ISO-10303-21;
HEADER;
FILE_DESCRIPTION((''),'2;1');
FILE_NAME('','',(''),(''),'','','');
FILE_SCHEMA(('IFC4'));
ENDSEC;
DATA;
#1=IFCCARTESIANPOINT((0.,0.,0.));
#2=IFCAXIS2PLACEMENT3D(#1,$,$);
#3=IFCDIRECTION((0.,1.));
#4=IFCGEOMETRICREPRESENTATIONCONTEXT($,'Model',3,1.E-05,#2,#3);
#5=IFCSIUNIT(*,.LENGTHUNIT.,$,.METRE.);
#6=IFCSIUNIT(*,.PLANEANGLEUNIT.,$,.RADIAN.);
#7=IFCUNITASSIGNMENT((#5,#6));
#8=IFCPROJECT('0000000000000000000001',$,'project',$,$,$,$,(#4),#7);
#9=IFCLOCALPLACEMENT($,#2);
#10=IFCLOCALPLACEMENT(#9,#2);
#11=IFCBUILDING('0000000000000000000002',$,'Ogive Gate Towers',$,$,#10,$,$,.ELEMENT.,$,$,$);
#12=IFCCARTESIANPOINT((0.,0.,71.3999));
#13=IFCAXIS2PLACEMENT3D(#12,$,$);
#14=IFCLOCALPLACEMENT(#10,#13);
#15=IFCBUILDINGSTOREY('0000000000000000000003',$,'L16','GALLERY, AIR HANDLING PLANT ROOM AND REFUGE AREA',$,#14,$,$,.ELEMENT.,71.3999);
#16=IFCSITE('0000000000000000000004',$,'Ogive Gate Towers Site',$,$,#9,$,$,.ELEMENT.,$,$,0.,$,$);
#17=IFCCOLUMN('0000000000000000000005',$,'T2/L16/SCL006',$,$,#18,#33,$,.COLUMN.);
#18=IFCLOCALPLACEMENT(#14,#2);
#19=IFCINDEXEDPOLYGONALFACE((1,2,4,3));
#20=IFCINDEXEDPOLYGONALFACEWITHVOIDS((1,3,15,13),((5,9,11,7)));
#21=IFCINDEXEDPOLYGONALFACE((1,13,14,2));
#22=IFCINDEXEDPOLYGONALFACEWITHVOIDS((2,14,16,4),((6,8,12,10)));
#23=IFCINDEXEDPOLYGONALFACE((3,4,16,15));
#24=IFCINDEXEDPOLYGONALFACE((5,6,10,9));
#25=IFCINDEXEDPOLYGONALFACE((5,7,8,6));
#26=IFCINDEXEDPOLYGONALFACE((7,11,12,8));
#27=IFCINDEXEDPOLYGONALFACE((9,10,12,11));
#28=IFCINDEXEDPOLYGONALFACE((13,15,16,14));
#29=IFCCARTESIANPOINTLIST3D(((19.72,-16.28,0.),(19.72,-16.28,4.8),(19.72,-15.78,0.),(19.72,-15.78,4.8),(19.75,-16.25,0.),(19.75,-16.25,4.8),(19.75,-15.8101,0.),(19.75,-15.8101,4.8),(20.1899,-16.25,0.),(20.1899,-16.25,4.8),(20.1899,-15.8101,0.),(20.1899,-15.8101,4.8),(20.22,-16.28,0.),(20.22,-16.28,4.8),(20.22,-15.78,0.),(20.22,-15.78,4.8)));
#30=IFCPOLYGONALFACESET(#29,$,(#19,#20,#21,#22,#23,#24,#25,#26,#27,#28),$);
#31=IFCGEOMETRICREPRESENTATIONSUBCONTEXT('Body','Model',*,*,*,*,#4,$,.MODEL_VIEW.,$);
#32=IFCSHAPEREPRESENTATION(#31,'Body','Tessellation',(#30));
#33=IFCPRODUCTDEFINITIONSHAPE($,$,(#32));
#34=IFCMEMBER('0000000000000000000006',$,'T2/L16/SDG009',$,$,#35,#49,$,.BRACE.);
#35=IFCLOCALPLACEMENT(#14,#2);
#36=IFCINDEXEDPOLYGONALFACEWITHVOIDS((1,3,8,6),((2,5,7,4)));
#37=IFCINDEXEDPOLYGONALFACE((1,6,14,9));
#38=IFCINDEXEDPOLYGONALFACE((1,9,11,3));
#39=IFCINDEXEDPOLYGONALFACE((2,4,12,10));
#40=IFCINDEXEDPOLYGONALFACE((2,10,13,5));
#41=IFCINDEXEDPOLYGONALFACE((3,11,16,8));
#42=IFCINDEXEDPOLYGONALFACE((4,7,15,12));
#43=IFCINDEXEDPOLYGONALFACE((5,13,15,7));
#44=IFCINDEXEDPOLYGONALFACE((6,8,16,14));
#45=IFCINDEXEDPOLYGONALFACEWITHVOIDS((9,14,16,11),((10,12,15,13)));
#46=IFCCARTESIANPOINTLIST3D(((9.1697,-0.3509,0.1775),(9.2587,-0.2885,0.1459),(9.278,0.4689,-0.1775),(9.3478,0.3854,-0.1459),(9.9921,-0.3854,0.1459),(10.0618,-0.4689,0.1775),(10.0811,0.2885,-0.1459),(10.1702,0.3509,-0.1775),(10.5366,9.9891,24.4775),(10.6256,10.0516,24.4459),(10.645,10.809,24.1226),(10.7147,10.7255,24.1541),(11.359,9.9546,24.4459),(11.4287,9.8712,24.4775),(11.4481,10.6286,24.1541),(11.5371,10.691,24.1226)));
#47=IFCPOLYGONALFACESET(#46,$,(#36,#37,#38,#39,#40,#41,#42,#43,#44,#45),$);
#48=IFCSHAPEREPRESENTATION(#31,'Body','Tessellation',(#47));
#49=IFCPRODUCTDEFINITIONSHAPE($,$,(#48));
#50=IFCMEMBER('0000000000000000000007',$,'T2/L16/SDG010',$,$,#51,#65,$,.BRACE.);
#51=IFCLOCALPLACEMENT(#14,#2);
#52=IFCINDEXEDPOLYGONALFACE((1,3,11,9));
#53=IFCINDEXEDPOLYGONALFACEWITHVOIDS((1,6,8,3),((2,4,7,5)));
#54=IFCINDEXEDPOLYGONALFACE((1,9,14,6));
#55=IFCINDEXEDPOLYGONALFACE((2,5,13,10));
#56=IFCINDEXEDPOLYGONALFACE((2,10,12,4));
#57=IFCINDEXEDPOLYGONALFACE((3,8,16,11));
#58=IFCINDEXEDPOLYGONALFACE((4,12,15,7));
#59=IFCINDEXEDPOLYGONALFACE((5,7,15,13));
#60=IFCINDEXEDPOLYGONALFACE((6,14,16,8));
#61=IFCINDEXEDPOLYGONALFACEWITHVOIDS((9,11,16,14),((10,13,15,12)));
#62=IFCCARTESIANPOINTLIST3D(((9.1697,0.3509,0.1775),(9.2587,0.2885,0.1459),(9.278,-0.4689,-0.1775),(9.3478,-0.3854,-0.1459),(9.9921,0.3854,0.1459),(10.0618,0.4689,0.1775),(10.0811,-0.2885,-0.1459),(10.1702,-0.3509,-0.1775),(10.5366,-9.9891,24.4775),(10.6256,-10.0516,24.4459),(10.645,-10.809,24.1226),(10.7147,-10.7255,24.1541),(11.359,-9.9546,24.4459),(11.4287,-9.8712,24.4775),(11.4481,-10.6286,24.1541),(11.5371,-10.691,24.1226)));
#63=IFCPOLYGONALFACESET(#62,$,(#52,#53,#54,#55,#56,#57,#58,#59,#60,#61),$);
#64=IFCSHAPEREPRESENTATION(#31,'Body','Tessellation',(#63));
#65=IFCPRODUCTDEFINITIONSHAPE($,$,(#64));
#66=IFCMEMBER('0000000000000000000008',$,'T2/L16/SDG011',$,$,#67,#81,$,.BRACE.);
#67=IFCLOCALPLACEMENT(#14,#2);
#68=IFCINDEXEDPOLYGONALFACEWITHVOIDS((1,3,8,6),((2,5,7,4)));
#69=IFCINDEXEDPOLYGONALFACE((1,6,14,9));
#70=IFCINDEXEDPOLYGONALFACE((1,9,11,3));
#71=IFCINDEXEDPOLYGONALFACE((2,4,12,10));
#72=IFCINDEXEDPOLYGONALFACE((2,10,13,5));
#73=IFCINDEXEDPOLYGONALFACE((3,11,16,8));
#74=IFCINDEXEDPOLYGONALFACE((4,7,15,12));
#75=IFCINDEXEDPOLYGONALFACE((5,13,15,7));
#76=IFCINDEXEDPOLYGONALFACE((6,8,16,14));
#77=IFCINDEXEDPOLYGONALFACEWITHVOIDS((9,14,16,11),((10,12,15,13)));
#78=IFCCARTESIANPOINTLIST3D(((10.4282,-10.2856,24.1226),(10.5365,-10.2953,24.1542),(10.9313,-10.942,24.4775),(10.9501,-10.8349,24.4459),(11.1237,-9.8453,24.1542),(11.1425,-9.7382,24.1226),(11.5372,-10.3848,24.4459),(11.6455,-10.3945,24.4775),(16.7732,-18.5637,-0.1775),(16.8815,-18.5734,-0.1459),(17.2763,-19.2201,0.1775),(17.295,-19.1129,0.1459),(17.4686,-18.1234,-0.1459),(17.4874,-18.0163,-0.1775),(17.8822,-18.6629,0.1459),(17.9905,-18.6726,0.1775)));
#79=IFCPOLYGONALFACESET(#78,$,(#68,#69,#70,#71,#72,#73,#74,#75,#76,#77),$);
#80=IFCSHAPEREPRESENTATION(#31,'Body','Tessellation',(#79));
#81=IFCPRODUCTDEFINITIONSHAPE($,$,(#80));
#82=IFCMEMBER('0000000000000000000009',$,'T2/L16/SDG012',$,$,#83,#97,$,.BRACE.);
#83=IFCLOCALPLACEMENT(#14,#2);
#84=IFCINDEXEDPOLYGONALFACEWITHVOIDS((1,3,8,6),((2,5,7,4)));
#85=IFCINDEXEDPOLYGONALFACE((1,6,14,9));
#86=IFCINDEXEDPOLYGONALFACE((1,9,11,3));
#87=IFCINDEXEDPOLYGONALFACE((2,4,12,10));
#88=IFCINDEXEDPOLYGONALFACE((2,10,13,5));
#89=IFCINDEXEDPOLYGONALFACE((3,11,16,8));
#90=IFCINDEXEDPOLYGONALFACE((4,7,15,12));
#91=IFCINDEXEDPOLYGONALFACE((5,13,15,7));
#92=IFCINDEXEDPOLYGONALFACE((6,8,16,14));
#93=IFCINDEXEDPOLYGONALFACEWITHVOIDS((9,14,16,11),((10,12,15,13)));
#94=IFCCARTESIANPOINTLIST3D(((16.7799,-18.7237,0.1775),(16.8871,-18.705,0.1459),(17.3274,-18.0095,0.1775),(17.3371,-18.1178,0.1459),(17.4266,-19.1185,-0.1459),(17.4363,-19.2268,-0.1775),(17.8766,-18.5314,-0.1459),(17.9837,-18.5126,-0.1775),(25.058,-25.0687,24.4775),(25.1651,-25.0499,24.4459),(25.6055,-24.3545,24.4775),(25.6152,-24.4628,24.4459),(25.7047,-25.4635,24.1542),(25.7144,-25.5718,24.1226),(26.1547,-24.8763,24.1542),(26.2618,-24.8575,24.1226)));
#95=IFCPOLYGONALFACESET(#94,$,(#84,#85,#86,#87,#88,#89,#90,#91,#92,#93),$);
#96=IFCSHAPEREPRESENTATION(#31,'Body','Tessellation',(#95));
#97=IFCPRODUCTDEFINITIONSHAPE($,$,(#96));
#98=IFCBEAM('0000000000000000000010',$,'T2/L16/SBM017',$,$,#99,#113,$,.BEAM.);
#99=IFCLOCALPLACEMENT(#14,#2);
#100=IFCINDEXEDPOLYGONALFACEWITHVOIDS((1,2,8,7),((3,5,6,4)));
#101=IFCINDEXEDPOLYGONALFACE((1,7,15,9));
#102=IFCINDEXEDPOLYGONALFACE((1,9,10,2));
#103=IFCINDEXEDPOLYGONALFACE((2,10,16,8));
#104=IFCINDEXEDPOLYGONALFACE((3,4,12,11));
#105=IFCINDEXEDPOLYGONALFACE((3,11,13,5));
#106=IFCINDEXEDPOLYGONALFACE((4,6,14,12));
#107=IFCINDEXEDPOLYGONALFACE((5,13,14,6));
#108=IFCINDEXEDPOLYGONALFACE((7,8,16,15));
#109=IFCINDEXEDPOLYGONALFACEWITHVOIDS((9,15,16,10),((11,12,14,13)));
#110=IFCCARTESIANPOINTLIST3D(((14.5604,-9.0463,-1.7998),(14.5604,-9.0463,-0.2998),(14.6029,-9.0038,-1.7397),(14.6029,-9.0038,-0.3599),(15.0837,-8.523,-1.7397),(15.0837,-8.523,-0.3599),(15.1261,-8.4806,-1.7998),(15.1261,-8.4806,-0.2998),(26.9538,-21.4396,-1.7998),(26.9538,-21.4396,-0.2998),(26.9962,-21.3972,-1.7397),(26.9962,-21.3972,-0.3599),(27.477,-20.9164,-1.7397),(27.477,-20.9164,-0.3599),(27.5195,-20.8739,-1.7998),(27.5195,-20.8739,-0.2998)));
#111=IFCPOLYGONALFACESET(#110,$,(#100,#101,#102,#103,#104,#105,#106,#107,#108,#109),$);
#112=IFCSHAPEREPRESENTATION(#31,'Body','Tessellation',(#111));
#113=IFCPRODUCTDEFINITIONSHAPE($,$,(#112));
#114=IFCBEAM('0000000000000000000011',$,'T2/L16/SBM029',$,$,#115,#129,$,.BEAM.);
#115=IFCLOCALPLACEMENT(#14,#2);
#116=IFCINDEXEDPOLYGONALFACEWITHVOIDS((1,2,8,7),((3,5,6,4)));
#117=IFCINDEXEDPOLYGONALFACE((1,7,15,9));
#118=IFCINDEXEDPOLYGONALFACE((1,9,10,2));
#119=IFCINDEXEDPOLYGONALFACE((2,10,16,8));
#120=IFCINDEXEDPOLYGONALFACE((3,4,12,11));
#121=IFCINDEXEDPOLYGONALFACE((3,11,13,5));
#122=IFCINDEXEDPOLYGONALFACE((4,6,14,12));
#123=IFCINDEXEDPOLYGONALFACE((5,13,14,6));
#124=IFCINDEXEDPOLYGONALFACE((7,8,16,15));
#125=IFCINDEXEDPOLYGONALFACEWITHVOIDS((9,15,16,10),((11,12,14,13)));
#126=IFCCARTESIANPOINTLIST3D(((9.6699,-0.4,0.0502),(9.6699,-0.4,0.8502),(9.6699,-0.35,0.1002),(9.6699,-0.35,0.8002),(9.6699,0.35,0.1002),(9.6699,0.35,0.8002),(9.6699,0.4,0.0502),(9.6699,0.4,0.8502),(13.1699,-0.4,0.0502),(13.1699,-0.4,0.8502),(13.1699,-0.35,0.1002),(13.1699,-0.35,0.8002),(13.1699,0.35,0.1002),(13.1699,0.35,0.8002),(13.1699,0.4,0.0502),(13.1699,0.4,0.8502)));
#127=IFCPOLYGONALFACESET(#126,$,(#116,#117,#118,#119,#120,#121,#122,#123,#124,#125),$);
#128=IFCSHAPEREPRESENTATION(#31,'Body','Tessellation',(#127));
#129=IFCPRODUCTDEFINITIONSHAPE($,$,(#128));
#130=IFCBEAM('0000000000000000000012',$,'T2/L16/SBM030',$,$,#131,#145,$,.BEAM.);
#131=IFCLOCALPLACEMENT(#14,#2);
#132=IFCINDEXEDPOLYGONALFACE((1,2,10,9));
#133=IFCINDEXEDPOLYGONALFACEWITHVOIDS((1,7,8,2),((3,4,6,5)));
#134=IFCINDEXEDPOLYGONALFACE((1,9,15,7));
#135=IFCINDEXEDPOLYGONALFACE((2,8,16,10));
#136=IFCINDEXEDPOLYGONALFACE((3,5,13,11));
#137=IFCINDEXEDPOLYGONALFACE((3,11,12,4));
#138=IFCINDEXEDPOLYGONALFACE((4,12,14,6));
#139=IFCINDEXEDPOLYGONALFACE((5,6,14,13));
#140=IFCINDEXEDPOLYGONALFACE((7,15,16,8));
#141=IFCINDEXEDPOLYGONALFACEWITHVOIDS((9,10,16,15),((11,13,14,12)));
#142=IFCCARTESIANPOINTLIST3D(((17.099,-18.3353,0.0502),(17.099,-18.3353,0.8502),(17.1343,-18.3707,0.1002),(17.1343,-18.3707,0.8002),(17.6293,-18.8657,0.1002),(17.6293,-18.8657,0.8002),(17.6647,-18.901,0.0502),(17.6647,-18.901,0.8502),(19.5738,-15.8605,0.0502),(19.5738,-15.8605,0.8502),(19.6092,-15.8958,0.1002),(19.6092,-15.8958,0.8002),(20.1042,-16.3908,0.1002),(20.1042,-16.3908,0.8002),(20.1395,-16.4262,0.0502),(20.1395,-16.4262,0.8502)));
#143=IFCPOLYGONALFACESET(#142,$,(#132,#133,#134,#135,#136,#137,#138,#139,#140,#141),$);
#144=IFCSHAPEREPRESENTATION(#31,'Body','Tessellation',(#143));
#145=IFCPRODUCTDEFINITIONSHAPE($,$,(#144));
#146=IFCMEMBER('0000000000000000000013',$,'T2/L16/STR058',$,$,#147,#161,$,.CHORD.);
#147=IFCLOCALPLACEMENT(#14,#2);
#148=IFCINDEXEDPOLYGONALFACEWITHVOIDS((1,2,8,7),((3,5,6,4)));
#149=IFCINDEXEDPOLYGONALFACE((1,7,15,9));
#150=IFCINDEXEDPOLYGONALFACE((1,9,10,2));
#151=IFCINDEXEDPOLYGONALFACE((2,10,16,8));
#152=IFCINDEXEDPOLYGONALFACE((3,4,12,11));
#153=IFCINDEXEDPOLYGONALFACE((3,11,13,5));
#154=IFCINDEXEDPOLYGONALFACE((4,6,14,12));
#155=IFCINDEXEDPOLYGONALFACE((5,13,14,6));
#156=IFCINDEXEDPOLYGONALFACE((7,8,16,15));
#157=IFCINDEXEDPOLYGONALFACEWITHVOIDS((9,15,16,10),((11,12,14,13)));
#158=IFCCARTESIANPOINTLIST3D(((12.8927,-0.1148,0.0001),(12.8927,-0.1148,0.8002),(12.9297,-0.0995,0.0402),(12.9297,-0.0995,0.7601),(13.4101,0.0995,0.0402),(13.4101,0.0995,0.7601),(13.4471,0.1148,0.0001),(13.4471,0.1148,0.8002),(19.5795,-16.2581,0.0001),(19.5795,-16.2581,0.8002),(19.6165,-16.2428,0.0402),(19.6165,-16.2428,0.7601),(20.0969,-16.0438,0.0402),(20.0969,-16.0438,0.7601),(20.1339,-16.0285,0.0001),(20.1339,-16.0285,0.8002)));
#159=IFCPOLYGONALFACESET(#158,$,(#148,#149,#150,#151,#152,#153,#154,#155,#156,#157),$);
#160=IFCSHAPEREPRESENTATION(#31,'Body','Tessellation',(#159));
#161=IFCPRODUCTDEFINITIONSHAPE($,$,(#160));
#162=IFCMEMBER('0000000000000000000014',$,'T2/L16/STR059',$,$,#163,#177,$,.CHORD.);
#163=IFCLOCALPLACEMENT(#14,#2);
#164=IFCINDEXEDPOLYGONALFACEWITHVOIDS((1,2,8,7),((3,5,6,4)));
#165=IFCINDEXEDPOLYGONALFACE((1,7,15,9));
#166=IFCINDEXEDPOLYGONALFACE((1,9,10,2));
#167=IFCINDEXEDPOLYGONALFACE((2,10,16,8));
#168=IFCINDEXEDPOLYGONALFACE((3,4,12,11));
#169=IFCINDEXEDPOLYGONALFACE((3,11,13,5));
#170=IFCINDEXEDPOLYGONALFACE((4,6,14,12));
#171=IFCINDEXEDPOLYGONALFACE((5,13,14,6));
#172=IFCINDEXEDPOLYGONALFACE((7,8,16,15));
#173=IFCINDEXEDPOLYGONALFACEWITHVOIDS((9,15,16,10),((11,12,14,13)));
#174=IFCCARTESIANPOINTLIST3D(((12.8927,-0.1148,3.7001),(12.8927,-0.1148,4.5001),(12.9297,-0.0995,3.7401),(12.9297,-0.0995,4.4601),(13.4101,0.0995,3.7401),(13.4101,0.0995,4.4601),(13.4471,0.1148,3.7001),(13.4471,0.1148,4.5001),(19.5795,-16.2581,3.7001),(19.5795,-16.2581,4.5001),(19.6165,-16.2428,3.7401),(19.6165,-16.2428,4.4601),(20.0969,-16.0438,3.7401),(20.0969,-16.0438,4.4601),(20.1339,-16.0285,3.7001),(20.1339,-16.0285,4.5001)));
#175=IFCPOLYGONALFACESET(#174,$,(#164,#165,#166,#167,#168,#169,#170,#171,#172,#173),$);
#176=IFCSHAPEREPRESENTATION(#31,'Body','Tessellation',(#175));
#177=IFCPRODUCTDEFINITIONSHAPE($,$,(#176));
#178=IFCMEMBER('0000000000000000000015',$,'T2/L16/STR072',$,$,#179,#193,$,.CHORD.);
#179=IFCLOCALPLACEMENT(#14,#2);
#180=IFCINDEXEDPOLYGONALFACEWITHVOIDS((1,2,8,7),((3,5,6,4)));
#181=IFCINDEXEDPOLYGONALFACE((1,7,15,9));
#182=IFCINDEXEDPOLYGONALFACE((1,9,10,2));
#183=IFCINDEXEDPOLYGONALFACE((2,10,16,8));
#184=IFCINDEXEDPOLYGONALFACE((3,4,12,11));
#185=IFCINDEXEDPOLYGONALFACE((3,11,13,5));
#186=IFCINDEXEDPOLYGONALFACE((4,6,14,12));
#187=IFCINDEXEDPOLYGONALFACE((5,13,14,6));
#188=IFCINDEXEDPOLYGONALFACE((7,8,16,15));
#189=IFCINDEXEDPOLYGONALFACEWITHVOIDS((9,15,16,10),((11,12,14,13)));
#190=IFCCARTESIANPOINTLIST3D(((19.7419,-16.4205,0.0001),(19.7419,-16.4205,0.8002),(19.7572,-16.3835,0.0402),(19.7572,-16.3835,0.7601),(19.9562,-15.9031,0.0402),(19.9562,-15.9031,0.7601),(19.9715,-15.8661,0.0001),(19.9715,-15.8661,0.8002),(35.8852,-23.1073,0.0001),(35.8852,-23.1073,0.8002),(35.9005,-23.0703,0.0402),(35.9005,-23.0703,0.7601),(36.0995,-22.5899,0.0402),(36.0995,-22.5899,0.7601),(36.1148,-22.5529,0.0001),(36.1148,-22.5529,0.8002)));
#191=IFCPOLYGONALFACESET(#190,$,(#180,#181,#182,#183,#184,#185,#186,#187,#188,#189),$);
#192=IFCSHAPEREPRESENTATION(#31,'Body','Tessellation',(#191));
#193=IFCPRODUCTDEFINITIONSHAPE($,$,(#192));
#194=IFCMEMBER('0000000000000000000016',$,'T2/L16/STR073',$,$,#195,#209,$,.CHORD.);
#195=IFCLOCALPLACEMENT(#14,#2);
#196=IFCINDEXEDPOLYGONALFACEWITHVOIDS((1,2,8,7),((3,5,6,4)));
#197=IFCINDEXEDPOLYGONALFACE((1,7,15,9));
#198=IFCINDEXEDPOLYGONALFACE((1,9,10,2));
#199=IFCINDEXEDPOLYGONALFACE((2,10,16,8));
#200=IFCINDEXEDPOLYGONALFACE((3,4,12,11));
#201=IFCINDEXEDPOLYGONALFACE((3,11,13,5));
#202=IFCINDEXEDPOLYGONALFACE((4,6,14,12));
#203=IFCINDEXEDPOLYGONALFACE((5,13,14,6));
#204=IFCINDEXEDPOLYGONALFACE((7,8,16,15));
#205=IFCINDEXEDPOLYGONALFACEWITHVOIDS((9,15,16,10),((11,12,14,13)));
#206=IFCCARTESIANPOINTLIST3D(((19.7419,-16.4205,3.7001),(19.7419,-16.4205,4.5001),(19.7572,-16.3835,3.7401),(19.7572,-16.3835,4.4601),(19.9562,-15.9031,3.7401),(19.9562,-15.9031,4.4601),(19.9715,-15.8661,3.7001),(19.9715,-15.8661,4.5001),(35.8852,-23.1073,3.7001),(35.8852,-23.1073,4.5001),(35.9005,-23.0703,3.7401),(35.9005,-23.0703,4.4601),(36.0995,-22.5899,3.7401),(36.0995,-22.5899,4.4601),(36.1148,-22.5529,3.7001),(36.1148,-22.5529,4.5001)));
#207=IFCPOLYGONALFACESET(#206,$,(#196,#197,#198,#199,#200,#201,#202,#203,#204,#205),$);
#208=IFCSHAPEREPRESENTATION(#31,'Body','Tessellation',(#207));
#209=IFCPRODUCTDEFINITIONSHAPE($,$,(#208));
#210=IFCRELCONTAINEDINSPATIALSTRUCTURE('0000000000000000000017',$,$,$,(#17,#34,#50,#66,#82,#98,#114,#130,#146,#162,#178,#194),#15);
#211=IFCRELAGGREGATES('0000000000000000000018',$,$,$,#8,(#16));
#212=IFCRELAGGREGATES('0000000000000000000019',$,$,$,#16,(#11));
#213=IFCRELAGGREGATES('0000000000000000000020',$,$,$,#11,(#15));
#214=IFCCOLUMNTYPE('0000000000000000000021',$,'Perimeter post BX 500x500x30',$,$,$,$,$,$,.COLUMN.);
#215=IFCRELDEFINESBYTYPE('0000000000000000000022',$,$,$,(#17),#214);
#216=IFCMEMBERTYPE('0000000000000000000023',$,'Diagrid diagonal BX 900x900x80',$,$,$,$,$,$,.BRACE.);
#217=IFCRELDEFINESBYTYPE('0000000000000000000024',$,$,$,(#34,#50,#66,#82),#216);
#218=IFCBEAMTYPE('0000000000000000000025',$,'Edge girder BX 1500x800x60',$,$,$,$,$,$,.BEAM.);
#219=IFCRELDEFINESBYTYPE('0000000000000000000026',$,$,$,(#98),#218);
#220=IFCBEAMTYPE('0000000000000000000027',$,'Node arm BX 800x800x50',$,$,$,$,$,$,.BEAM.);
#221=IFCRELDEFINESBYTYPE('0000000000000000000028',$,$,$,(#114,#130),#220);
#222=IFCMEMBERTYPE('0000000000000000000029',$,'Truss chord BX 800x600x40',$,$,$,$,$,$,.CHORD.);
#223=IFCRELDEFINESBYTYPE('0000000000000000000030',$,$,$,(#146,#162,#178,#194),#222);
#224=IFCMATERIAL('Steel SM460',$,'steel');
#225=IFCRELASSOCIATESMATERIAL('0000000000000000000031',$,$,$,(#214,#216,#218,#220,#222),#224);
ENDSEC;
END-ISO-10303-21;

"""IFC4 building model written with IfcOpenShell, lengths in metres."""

from ifc_helpers import new_model, si_unit, direction, frame, origin, origin_2d, place, context, subcontext, project, spatial, hollow_rectangle, extrude, material, material_profile, profile_set, type_object, element, save


model = new_model("IFC4")

# Units and contexts
model_context = context("Model", 3, precision=1e-05, world=origin(), true_north=direction((0.0, 1.0)))
body_context = subcontext(model_context, "Body", "Model", "MODEL_VIEW")
ifc_project = project(units=[si_unit("LENGTHUNIT", "METRE"), si_unit("PLANEANGLEUNIT", "RADIAN")], contexts=[model_context])

# Site, building, storey
site_placement = place(None, origin())
site = spatial("IfcSite", under=ifc_project, at=site_placement, Name="Ogive Gate Towers Site", CompositionType="ELEMENT", RefElevation=0.0)
building_placement = place(site_placement, origin())
building = spatial("IfcBuilding", under=site, at=building_placement, Name="Ogive Gate Towers", CompositionType="ELEMENT")
storey_placement = place(building_placement, frame((0.0, 0.0, 71.3999)))
storey = spatial("IfcBuildingStorey", under=building, at=storey_placement, Name="L16", Description="GALLERY, AIR HANDLING PLANT ROOM AND REFUGE AREA", CompositionType="ELEMENT", Elevation=71.3999)

# Column
ifc_material_1 = material(Name="Steel SM460", Category="steel")
ifc_material_profile_1 = material_profile(ifc_material_1, hollow_rectangle(XDim=0.5, YDim=0.5, WallThickness=0.03, at=origin_2d()), Name="BX 500x500x30")
ifc_profile_set_1 = profile_set([ifc_material_profile_1], Name="Steel SM460")
column_type = type_object("IfcColumnType", Name="Perimeter post BX 500x500x30", PredefinedType="COLUMN", material=ifc_profile_set_1)
column_placement = place(storey_placement, frame((19.97, -16.03, 0.0), z_axis=(0.0, 0.0, 1.0), x_axis=(1.0, 0.0, 0.0)))
element("IfcColumn", 1, at=column_placement, inside=storey, type_object=column_type, Name="T2/L16/SCL006", PredefinedType="COLUMN", context=body_context, shape_type="SweptSolid", body=[
    extrude(hollow_rectangle(XDim=0.5, YDim=0.5, WallThickness=0.03, at=origin_2d()), origin(), (0.0, 0.0, 1.0), 4.8),
])

# Members
ifc_material_profile_2 = material_profile(ifc_material_1, hollow_rectangle(XDim=0.8999, YDim=0.8999, WallThickness=0.0801, at=origin_2d()), Name="BX 900x900x80")
ifc_profile_set_2 = profile_set([ifc_material_profile_2], Name="Steel SM460")
member_type_1 = type_object("IfcMemberType", Name="Diagrid diagonal BX 900x900x80", PredefinedType="BRACE", material=ifc_profile_set_2)
for number, where, z_axis, x_axis, name in (
    (2, (9.6699, 0.0, 0.0), (0.051692, 0.39102, 0.918929), (-0.991375, 0.131058, 0.0), "T2/L16/SDG009"),
    (3, (9.6699, 0.0, 0.0), (0.051692, -0.39102, 0.918929), (0.991375, 0.131058, 0.0), "T2/L16/SDG010"),
    (4, (17.3818, -18.6182, 0.0), (-0.239941, 0.313043, 0.91893), (-0.793678, -0.608338, 0.0), "T2/L16/SDG011"),
    (5, (17.3818, -18.6182, 0.0), (0.313043, -0.239941, 0.91893), (0.608338, 0.793678, 0.0), "T2/L16/SDG012"),
):
    element("IfcMember", number, at=place(storey_placement, frame(where, z_axis=z_axis, x_axis=x_axis)), inside=storey, type_object=member_type_1, Name=name, PredefinedType="BRACE", context=body_context, shape_type="SweptSolid", body=[
        extrude(hollow_rectangle(XDim=0.8999, YDim=0.8999, WallThickness=0.0801, at=origin_2d()), origin(), (0.0, 0.0, 1.0), 26.4438),
    ])

# Beams
ifc_material_profile_3 = material_profile(ifc_material_1, hollow_rectangle(XDim=0.8, YDim=1.5, WallThickness=0.0601, at=origin_2d()), Name="BX 1500x800x60")
ifc_profile_set_3 = profile_set([ifc_material_profile_3], Name="Steel SM460")
beam_type_1 = type_object("IfcBeamType", Name="Edge girder BX 1500x800x60", PredefinedType="BEAM", material=ifc_profile_set_3)
beam_placement = place(storey_placement, frame((14.8433, -8.7634, -1.0498), z_axis=(0.707107, -0.707107, 0.0), x_axis=(0.707107, 0.707107, 0.0)))
element("IfcBeam", 6, at=beam_placement, inside=storey, type_object=beam_type_1, Name="T2/L16/SBM017", PredefinedType="BEAM", context=body_context, shape_type="SweptSolid", body=[
    extrude(hollow_rectangle(XDim=0.8, YDim=1.5, WallThickness=0.0601, at=origin_2d()), origin(), (0.0, 0.0, 1.0), 17.5269),
])
ifc_material_profile_4 = material_profile(ifc_material_1, hollow_rectangle(XDim=0.8, YDim=0.8, WallThickness=0.05, at=origin_2d()), Name="BX 800x800x50")
ifc_profile_set_4 = profile_set([ifc_material_profile_4], Name="Steel SM460")
beam_type_2 = type_object("IfcBeamType", Name="Node arm BX 800x800x50", PredefinedType="BEAM", material=ifc_profile_set_4)
for number, where, z_axis, x_axis, name in (
    (7, (13.1699, 0.0, 0.4502), (-1.0, 0.0, 0.0), (0.0, -1.0, 0.0), "T2/L16/SBM029"),
    (8, (19.8567, -16.1433, 0.4502), (-0.707107, -0.707107, 0.0), (0.707107, -0.707107, 0.0), "T2/L16/SBM030"),
):
    element("IfcBeam", number, at=place(storey_placement, frame(where, z_axis=z_axis, x_axis=x_axis)), inside=storey, type_object=beam_type_2, Name=name, PredefinedType="BEAM", context=body_context, shape_type="SweptSolid", body=[
        extrude(hollow_rectangle(XDim=0.8, YDim=0.8, WallThickness=0.05, at=origin_2d()), origin(), (0.0, 0.0, 1.0), 3.5),
    ])

# Members
ifc_material_profile_5 = material_profile(ifc_material_1, hollow_rectangle(XDim=0.6001, YDim=0.8, WallThickness=0.04, at=origin_2d()), Name="BX 800x600x40")
ifc_profile_set_5 = profile_set([ifc_material_profile_5], Name="Steel SM460")
member_type_2 = type_object("IfcMemberType", Name="Truss chord BX 800x600x40", PredefinedType="CHORD", material=ifc_profile_set_5)
for number, where, z_axis, x_axis, name in (
    (9, (13.1699, 0.0, 0.4001), (0.382683, -0.92388, 0.0), (0.92388, 0.382683, 0.0), "T2/L16/STR058"),
    (10, (13.1699, 0.0, 4.1001), (0.382683, -0.92388, 0.0), (0.92388, 0.382683, 0.0), "T2/L16/STR059"),
    (11, (19.8567, -16.1433, 0.4001), (0.92388, -0.382683, 0.0), (0.382683, 0.92388, 0.0), "T2/L16/STR072"),
    (12, (19.8567, -16.1433, 4.1001), (0.92388, -0.382683, 0.0), (0.382683, 0.92388, 0.0), "T2/L16/STR073"),
):
    element("IfcMember", number, at=place(storey_placement, frame(where, z_axis=z_axis, x_axis=x_axis)), inside=storey, type_object=member_type_2, Name=name, PredefinedType="CHORD", context=body_context, shape_type="SweptSolid", body=[
        extrude(hollow_rectangle(XDim=0.6001, YDim=0.8, WallThickness=0.04, at=origin_2d()), origin(), (0.0, 0.0, 1.0), 17.4734),
    ])

save(model, "model.ifc")
